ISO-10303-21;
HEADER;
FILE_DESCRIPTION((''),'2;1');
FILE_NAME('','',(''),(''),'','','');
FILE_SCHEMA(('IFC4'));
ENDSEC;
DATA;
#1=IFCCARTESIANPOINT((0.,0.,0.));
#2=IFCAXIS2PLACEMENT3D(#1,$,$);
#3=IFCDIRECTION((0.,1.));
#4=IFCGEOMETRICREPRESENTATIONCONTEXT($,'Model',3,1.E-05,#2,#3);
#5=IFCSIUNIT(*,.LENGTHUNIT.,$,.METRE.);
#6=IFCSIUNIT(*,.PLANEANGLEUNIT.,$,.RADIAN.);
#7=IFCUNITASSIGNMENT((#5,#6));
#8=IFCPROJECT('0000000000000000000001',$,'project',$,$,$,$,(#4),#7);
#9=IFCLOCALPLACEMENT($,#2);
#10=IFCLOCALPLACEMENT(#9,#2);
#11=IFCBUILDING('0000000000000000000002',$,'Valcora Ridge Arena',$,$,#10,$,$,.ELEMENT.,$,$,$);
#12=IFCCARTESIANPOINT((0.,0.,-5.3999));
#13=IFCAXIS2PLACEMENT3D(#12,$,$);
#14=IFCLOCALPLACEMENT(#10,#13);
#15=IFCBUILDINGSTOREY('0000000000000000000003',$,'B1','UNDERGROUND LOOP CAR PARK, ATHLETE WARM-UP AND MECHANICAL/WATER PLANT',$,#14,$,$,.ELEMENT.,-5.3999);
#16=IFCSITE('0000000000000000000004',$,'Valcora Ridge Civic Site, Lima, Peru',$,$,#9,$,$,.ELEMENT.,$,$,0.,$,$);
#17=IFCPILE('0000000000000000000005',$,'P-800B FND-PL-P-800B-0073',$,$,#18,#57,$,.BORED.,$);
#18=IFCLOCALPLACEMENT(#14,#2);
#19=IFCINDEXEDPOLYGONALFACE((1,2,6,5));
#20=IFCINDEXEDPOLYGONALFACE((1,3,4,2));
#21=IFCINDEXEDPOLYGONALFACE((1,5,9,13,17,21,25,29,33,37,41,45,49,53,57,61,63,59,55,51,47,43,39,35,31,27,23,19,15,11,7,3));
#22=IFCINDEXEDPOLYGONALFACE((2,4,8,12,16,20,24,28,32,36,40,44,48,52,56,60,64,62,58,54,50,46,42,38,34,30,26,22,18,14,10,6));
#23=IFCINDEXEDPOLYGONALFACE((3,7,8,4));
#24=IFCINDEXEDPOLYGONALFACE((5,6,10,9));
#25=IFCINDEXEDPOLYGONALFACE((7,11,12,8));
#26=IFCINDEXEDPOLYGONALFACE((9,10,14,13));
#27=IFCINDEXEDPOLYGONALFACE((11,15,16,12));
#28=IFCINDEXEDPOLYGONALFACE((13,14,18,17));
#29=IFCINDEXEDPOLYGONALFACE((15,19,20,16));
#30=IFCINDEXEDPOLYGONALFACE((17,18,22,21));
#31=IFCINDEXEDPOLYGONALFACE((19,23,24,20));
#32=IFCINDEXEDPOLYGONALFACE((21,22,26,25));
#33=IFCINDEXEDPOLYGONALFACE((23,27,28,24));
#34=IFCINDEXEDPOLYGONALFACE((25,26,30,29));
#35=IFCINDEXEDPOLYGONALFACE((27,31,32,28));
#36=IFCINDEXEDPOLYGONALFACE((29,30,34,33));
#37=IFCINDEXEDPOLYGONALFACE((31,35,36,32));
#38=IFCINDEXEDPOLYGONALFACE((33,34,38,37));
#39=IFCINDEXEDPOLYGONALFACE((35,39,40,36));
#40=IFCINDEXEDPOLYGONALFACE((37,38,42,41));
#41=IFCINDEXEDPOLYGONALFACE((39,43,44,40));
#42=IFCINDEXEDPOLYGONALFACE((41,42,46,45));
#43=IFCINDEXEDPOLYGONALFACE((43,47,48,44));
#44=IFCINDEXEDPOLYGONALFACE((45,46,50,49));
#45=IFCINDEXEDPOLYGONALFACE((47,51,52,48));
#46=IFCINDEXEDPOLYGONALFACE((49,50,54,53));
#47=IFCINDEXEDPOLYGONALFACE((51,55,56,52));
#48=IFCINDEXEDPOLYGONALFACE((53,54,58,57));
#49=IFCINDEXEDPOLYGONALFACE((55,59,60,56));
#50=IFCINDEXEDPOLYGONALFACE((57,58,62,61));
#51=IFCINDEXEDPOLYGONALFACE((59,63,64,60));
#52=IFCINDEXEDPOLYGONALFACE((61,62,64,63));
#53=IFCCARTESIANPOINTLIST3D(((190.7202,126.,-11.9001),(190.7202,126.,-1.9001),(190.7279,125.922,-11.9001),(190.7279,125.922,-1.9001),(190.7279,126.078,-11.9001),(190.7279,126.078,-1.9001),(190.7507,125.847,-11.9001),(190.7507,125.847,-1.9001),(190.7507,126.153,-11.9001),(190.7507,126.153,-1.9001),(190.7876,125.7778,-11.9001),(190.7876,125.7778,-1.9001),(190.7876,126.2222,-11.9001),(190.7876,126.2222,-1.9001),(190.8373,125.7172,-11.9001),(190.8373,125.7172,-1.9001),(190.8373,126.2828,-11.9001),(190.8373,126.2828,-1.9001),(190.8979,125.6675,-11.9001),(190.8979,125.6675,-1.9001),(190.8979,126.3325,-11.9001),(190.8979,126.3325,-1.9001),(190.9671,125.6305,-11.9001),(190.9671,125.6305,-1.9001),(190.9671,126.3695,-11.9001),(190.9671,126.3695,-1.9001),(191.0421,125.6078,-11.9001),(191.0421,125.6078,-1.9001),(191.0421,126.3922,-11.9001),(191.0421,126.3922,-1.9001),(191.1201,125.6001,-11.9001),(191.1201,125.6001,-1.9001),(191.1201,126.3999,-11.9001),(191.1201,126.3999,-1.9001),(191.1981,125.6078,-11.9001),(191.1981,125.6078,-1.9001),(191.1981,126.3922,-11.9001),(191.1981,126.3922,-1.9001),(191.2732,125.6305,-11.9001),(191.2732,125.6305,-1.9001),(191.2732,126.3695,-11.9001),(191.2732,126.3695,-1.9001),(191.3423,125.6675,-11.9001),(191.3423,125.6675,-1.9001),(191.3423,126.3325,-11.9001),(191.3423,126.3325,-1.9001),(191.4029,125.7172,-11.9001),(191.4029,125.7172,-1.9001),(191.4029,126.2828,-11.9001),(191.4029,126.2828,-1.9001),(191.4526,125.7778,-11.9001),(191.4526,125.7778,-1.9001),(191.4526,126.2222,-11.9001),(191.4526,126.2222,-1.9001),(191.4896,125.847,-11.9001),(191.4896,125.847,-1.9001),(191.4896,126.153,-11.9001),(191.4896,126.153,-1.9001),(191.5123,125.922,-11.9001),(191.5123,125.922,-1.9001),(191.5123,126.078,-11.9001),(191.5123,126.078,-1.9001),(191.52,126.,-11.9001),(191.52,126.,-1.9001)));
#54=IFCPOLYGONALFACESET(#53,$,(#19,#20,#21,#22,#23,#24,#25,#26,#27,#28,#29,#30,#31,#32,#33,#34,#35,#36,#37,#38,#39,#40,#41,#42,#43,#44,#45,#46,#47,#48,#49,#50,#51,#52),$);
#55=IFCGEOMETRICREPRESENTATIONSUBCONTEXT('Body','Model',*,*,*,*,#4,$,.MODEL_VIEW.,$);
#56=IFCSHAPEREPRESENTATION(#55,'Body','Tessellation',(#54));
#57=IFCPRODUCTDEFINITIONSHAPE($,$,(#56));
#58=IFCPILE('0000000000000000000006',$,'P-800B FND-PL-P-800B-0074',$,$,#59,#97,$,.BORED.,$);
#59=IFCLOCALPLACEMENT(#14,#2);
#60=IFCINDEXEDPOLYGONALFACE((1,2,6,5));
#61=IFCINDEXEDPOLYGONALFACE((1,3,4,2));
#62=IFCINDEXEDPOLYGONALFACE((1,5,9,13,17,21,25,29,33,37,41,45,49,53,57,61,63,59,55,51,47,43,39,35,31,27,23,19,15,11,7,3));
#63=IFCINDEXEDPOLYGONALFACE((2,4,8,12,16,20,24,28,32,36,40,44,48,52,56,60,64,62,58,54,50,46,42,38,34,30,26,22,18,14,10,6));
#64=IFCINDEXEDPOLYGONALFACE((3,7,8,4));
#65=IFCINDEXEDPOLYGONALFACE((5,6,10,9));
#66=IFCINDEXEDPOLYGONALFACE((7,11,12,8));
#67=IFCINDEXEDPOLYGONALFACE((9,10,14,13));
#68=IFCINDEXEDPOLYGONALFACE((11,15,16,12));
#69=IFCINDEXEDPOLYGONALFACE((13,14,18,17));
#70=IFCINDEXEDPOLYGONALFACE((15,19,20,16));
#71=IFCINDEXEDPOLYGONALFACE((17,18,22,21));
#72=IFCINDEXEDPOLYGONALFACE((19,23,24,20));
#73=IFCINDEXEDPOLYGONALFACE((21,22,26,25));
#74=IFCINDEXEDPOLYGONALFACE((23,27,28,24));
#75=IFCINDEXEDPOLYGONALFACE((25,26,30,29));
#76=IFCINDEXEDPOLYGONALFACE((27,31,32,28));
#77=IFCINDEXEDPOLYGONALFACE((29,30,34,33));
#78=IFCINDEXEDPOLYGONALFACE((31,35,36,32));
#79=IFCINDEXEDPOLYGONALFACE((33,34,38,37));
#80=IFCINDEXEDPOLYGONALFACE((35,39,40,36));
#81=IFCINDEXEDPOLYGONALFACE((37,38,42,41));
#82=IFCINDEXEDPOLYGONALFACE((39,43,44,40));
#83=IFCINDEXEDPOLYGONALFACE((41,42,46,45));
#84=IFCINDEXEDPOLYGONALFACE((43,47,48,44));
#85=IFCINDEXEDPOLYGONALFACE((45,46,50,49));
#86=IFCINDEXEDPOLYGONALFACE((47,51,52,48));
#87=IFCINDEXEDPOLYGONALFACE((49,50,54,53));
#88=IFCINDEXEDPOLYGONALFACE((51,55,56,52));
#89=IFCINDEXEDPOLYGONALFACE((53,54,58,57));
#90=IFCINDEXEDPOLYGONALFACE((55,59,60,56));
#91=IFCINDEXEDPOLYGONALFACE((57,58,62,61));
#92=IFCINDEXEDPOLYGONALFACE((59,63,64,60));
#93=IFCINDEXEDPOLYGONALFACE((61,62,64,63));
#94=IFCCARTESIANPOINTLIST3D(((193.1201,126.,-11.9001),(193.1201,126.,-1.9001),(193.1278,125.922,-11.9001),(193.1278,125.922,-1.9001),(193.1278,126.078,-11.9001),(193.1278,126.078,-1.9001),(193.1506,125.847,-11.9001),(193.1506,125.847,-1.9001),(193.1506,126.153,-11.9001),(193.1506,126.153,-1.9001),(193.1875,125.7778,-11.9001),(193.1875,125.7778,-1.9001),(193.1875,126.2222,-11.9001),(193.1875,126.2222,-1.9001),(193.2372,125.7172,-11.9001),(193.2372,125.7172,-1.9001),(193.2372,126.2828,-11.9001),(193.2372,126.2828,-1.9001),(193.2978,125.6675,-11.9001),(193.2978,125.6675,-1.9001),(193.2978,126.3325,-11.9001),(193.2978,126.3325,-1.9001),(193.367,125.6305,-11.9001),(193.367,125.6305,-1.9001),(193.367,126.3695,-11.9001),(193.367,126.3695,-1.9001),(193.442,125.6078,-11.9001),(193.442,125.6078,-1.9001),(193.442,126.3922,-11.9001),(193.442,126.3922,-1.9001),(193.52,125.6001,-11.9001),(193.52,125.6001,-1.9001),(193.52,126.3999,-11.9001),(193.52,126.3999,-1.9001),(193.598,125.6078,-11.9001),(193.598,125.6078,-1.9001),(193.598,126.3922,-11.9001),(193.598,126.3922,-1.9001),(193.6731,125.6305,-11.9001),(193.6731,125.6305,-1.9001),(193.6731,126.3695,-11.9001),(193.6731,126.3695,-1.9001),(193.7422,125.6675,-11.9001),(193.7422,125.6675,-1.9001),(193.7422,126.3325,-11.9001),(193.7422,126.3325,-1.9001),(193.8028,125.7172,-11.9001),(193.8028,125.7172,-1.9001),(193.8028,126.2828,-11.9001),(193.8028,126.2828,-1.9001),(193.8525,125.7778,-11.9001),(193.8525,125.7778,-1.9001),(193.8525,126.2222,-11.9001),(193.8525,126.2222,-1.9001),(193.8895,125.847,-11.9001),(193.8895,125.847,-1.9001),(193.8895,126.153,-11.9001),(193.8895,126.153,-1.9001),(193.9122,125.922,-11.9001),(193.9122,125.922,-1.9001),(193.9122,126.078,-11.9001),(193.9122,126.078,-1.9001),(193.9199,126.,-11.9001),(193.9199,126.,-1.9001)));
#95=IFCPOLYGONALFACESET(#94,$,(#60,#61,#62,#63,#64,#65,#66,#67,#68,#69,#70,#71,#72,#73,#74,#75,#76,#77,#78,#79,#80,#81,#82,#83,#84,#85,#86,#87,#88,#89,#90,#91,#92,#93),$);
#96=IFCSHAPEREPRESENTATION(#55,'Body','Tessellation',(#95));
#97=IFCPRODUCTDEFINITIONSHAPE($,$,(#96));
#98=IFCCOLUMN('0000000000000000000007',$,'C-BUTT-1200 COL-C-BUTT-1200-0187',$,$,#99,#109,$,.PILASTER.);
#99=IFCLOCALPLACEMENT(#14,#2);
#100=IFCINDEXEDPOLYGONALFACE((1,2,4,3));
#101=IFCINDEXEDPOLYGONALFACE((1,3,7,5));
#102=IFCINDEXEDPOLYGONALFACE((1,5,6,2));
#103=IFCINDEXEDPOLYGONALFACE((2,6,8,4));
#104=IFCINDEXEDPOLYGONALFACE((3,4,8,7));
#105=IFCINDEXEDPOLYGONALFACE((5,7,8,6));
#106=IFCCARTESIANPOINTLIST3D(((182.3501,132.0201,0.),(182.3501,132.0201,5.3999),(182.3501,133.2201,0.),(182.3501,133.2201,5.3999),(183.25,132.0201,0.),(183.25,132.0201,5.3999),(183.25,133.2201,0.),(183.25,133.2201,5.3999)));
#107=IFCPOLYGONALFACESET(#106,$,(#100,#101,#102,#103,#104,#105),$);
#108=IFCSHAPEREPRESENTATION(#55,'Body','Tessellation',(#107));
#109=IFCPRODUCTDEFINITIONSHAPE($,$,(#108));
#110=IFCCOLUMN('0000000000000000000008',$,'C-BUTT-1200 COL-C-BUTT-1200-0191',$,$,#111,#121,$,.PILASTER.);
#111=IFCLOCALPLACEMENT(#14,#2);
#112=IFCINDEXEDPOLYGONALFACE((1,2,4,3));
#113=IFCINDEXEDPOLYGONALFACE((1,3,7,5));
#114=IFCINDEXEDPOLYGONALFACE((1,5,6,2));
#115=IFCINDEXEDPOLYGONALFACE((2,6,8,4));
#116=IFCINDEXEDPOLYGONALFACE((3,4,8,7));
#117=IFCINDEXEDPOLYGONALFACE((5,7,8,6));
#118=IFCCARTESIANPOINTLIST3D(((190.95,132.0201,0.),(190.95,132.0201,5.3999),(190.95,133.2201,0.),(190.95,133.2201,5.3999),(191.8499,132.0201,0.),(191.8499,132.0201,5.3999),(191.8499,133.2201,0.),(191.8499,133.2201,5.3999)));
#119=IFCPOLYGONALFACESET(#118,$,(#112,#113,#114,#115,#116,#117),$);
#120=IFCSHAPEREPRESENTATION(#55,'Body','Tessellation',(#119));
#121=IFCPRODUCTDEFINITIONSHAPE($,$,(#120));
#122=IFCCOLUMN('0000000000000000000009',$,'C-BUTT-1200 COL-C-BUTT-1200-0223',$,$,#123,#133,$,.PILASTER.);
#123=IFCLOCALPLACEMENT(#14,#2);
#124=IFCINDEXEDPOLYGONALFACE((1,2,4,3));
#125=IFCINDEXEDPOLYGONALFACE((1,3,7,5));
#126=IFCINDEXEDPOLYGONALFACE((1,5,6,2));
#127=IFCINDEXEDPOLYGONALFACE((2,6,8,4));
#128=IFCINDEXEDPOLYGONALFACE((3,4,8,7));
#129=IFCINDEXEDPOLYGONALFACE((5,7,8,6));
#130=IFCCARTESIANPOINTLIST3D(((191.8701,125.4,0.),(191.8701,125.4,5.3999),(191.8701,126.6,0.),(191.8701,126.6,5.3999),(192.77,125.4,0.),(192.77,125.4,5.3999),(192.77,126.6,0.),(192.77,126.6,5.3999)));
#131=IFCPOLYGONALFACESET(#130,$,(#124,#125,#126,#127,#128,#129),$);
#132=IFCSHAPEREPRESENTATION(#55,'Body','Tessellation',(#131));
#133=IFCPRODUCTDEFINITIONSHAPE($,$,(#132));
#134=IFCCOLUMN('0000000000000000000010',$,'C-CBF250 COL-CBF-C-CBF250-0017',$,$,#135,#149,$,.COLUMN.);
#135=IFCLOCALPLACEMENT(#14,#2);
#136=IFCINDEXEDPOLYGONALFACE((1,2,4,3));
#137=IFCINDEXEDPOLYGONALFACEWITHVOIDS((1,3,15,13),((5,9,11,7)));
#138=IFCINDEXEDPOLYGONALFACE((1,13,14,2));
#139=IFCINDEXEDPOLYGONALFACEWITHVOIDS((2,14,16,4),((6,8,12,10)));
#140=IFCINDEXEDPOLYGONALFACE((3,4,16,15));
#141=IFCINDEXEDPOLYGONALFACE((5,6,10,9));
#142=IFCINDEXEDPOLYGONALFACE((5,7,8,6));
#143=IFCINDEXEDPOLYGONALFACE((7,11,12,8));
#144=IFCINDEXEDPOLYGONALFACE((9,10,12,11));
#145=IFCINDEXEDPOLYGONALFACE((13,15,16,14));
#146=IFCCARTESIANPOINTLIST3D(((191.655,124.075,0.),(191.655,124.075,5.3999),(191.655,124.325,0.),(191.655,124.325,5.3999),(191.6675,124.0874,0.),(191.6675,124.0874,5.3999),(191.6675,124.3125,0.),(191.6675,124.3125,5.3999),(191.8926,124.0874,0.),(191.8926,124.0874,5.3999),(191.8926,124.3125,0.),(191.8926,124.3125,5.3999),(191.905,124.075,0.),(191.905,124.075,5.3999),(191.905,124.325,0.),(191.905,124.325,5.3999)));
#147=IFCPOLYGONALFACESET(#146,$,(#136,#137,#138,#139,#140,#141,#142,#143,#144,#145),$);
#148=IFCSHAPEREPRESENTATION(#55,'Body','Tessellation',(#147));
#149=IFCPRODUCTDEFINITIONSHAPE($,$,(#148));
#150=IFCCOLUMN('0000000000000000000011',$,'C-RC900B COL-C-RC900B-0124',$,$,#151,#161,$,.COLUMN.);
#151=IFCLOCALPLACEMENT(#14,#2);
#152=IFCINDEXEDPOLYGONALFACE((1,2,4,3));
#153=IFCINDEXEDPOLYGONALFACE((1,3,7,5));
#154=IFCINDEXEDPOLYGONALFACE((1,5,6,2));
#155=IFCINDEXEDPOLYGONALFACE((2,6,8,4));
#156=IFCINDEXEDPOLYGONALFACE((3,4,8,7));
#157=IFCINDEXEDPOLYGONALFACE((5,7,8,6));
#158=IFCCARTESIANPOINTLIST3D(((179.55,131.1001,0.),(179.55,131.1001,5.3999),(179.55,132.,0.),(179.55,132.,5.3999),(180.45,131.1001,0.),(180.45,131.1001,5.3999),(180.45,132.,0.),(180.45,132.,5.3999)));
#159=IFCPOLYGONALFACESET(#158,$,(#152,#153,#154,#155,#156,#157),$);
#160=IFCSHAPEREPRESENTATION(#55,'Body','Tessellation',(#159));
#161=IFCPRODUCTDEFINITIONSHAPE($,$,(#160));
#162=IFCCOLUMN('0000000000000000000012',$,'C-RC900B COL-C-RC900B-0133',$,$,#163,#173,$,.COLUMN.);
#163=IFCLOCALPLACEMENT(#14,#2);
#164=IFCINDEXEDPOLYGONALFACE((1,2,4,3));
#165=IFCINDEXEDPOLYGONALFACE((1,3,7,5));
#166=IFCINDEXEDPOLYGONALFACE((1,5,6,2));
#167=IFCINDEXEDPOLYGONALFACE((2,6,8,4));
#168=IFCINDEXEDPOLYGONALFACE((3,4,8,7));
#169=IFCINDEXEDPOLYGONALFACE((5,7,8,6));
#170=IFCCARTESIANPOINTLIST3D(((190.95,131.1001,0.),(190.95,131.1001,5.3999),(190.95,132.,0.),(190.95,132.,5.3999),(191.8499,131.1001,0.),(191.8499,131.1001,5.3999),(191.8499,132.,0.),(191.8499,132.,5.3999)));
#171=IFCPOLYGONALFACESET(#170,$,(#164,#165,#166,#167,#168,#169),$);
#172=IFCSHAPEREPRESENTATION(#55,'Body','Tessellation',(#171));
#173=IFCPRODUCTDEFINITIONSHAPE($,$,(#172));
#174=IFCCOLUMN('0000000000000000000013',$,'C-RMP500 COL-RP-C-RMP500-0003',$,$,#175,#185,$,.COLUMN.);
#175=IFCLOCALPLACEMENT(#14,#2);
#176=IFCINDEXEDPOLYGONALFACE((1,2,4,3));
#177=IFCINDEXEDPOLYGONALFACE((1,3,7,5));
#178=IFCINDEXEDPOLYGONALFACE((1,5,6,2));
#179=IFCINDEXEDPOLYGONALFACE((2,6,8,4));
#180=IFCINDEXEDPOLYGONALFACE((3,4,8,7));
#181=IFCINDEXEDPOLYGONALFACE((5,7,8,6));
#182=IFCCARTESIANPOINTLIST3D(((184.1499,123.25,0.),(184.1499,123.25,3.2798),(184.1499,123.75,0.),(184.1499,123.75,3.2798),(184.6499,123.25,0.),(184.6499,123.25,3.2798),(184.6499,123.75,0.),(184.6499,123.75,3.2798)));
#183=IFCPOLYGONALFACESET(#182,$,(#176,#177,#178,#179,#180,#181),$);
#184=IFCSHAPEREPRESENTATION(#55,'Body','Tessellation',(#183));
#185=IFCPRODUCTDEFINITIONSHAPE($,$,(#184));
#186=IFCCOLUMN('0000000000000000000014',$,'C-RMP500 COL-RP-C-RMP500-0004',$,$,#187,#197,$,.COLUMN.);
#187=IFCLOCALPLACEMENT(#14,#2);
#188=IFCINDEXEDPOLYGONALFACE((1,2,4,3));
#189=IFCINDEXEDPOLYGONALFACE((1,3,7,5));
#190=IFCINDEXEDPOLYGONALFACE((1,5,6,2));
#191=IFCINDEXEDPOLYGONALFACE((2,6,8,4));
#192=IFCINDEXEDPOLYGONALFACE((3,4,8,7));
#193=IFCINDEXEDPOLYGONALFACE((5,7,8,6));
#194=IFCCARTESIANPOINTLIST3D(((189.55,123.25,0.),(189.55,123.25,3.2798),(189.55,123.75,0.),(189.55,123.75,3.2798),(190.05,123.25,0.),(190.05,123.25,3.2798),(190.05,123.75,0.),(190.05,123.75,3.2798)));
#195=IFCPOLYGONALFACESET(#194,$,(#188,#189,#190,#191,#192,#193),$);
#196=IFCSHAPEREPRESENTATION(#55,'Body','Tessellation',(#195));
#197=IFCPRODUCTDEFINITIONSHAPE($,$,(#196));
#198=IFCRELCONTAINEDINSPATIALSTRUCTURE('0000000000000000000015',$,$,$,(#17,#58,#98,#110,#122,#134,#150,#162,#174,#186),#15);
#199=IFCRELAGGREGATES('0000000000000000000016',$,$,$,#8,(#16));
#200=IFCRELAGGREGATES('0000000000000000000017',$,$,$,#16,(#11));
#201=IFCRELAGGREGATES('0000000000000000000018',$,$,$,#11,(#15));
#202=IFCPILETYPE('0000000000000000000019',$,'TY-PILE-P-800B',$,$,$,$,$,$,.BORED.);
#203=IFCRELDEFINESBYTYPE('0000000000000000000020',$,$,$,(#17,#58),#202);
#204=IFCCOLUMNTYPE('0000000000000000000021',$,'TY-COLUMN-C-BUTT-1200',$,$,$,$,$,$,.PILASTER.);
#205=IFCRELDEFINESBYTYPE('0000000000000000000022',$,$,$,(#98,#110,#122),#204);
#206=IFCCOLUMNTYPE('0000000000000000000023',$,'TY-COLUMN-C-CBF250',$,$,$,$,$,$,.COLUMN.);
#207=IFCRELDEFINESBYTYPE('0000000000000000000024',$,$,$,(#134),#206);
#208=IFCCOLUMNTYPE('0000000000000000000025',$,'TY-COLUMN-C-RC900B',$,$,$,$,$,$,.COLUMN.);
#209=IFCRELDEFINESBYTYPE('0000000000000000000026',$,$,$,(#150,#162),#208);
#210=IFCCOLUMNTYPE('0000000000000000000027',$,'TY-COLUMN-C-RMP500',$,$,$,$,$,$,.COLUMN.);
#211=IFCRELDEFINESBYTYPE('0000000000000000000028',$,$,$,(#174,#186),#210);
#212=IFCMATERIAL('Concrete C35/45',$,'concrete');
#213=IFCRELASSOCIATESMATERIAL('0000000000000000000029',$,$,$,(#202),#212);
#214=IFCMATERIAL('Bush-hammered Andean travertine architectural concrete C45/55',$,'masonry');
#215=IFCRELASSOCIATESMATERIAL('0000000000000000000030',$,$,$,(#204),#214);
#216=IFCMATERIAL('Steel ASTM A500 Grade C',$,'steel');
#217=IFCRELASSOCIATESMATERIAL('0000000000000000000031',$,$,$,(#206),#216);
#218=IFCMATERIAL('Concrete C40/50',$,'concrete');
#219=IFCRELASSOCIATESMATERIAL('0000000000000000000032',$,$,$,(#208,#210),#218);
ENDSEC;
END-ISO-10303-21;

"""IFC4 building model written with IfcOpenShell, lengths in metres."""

from ifc_helpers import new_model, si_unit, direction, frame, origin, origin_2d, place, context, subcontext, project, spatial, rectangle, hollow_rectangle, circle, extrude, material, material_profile, profile_set, type_object, element, save


model = new_model("IFC4")

# Units and contexts
model_context = context("Model", 3, precision=1e-05, world=origin(), true_north=direction((0.0, 1.0)))
body_context = subcontext(model_context, "Body", "Model", "MODEL_VIEW")
ifc_project = project(units=[si_unit("LENGTHUNIT", "METRE"), si_unit("PLANEANGLEUNIT", "RADIAN")], contexts=[model_context])

# Site, building, storey
site_placement = place(None, origin())
site = spatial("IfcSite", under=ifc_project, at=site_placement, Name="Valcora Ridge Civic Site, Lima, Peru", CompositionType="ELEMENT", RefElevation=0.0)
building_placement = place(site_placement, origin())
building = spatial("IfcBuilding", under=site, at=building_placement, Name="Valcora Ridge Arena", CompositionType="ELEMENT")
storey_placement = place(building_placement, frame((0.0, 0.0, -5.3999)))
storey = spatial("IfcBuildingStorey", under=building, at=storey_placement, Name="B1", Description="UNDERGROUND LOOP CAR PARK, ATHLETE WARM-UP AND MECHANICAL/WATER PLANT", CompositionType="ELEMENT", Elevation=-5.3999)

# Shared definitions
ifc_material_1 = material(Name="Concrete C40/50", Category="concrete")

# Piles
ifc_material_2 = material(Name="Concrete C35/45", Category="concrete")
ifc_material_profile_1 = material_profile(ifc_material_2, circle(Radius=0.3999, at=origin_2d()), Name="BORED PILE D800")
ifc_profile_set_1 = profile_set([ifc_material_profile_1], Name="Concrete C35/45")
pile_type_1 = type_object("IfcPileType", Name="TY-PILE-P-800B", PredefinedType="BORED", material=ifc_profile_set_1)
for number, where, z_axis, x_axis, name in (
    (1, (191.1201, 126.0, -1.9001), (0.0, 0.0, -1.0), (1.0, 0.0, 0.0), "P-800B FND-PL-P-800B-0073"),
    (2, (193.52, 126.0, -1.9001), (0.0, 0.0, -1.0), (1.0, 0.0, 0.0), "P-800B FND-PL-P-800B-0074"),
):
    element("IfcPile", number, at=place(storey_placement, frame(where, z_axis=z_axis, x_axis=x_axis)), inside=storey, type_object=pile_type_1, Name=name, PredefinedType="BORED", context=body_context, shape_type="SweptSolid", body=[
        extrude(circle(Radius=0.3999, at=origin_2d()), origin(), (0.0, 0.0, 1.0), 10.0),
    ])

# Columns
ifc_material_3 = material(Name="Bush-hammered Andean travertine architectural concrete C45/55", Category="masonry")
ifc_material_profile_2 = material_profile(ifc_material_3, rectangle(XDim=0.8999, YDim=1.2, at=origin_2d()), Name="RC 900x1200")
ifc_profile_set_2 = profile_set([ifc_material_profile_2], Name="Bush-hammered Andean travertine architectural concrete C45/55")
column_type_1 = type_object("IfcColumnType", Name="TY-COLUMN-C-BUTT-1200", PredefinedType="PILASTER", material=ifc_profile_set_2)
for number, where, z_axis, x_axis, name in (
    (3, (182.8, 132.6201, 0.0), (0.0, 0.0, 1.0), (1.0, 0.0, 0.0), "C-BUTT-1200 COL-C-BUTT-1200-0187"),
    (4, (191.3999, 132.6201, 0.0), (0.0, 0.0, 1.0), (1.0, 0.0, 0.0), "C-BUTT-1200 COL-C-BUTT-1200-0191"),
    (5, (192.3201, 126.0, 0.0), (0.0, 0.0, 1.0), (1.0, 0.0, 0.0), "C-BUTT-1200 COL-C-BUTT-1200-0223"),
):
    element("IfcColumn", number, at=place(storey_placement, frame(where, z_axis=z_axis, x_axis=x_axis)), inside=storey, type_object=column_type_1, Name=name, PredefinedType="PILASTER", context=body_context, shape_type="SweptSolid", body=[
        extrude(rectangle(XDim=0.8999, YDim=1.2, at=origin_2d()), origin(), (0.0, 0.0, 1.0), 5.3999),
    ])
ifc_material_4 = material(Name="Steel ASTM A500 Grade C", Category="steel")
ifc_material_profile_3 = material_profile(ifc_material_4, hollow_rectangle(XDim=0.25, YDim=0.25, WallThickness=0.0125, at=origin_2d()), Name="HSS250X250X12")
ifc_profile_set_3 = profile_set([ifc_material_profile_3], Name="Steel ASTM A500 Grade C")
column_type_2 = type_object("IfcColumnType", Name="TY-COLUMN-C-CBF250", PredefinedType="COLUMN", material=ifc_profile_set_3)
column_placement = place(storey_placement, frame((191.78, 124.2, 0.0), z_axis=(0.0, 0.0, 1.0), x_axis=(1.0, 0.0, 0.0)))
element("IfcColumn", 6, at=column_placement, inside=storey, type_object=column_type_2, Name="C-CBF250 COL-CBF-C-CBF250-0017", PredefinedType="COLUMN", context=body_context, shape_type="SweptSolid", body=[
    extrude(hollow_rectangle(XDim=0.25, YDim=0.25, WallThickness=0.0125, at=origin_2d()), origin(), (0.0, 0.0, 1.0), 5.3999),
])
ifc_material_profile_4 = material_profile(ifc_material_1, rectangle(XDim=0.8999, YDim=0.8999, at=origin_2d()), Name="RC 900x900")
ifc_profile_set_4 = profile_set([ifc_material_profile_4], Name="Concrete C40/50")
column_type_3 = type_object("IfcColumnType", Name="TY-COLUMN-C-RC900B", PredefinedType="COLUMN", material=ifc_profile_set_4)
for number, where, z_axis, x_axis, name in (
    (7, (180.0, 131.55, 0.0), (0.0, 0.0, 1.0), (1.0, 0.0, 0.0), "C-RC900B COL-C-RC900B-0124"),
    (8, (191.3999, 131.55, 0.0), (0.0, 0.0, 1.0), (1.0, 0.0, 0.0), "C-RC900B COL-C-RC900B-0133"),
):
    element("IfcColumn", number, at=place(storey_placement, frame(where, z_axis=z_axis, x_axis=x_axis)), inside=storey, type_object=column_type_3, Name=name, PredefinedType="COLUMN", context=body_context, shape_type="SweptSolid", body=[
        extrude(rectangle(XDim=0.8999, YDim=0.8999, at=origin_2d()), origin(), (0.0, 0.0, 1.0), 5.3999),
    ])
ifc_material_profile_5 = material_profile(ifc_material_1, rectangle(XDim=0.5, YDim=0.5, at=origin_2d()), Name="RC 500x500")
ifc_profile_set_5 = profile_set([ifc_material_profile_5], Name="Concrete C40/50")
column_type_4 = type_object("IfcColumnType", Name="TY-COLUMN-C-RMP500", PredefinedType="COLUMN", material=ifc_profile_set_5)
for number, where, z_axis, x_axis, name in (
    (9, (184.3999, 123.5, 0.0), (0.0, 0.0, 1.0), (1.0, 0.0, 0.0), "C-RMP500 COL-RP-C-RMP500-0003"),
    (10, (189.8, 123.5, 0.0), (0.0, 0.0, 1.0), (1.0, 0.0, 0.0), "C-RMP500 COL-RP-C-RMP500-0004"),
):
    element("IfcColumn", number, at=place(storey_placement, frame(where, z_axis=z_axis, x_axis=x_axis)), inside=storey, type_object=column_type_4, Name=name, PredefinedType="COLUMN", context=body_context, shape_type="SweptSolid", body=[
        extrude(rectangle(XDim=0.5, YDim=0.5, at=origin_2d()), origin(), (0.0, 0.0, 1.0), 3.2798),
    ])

save(model, "model.ifc")
